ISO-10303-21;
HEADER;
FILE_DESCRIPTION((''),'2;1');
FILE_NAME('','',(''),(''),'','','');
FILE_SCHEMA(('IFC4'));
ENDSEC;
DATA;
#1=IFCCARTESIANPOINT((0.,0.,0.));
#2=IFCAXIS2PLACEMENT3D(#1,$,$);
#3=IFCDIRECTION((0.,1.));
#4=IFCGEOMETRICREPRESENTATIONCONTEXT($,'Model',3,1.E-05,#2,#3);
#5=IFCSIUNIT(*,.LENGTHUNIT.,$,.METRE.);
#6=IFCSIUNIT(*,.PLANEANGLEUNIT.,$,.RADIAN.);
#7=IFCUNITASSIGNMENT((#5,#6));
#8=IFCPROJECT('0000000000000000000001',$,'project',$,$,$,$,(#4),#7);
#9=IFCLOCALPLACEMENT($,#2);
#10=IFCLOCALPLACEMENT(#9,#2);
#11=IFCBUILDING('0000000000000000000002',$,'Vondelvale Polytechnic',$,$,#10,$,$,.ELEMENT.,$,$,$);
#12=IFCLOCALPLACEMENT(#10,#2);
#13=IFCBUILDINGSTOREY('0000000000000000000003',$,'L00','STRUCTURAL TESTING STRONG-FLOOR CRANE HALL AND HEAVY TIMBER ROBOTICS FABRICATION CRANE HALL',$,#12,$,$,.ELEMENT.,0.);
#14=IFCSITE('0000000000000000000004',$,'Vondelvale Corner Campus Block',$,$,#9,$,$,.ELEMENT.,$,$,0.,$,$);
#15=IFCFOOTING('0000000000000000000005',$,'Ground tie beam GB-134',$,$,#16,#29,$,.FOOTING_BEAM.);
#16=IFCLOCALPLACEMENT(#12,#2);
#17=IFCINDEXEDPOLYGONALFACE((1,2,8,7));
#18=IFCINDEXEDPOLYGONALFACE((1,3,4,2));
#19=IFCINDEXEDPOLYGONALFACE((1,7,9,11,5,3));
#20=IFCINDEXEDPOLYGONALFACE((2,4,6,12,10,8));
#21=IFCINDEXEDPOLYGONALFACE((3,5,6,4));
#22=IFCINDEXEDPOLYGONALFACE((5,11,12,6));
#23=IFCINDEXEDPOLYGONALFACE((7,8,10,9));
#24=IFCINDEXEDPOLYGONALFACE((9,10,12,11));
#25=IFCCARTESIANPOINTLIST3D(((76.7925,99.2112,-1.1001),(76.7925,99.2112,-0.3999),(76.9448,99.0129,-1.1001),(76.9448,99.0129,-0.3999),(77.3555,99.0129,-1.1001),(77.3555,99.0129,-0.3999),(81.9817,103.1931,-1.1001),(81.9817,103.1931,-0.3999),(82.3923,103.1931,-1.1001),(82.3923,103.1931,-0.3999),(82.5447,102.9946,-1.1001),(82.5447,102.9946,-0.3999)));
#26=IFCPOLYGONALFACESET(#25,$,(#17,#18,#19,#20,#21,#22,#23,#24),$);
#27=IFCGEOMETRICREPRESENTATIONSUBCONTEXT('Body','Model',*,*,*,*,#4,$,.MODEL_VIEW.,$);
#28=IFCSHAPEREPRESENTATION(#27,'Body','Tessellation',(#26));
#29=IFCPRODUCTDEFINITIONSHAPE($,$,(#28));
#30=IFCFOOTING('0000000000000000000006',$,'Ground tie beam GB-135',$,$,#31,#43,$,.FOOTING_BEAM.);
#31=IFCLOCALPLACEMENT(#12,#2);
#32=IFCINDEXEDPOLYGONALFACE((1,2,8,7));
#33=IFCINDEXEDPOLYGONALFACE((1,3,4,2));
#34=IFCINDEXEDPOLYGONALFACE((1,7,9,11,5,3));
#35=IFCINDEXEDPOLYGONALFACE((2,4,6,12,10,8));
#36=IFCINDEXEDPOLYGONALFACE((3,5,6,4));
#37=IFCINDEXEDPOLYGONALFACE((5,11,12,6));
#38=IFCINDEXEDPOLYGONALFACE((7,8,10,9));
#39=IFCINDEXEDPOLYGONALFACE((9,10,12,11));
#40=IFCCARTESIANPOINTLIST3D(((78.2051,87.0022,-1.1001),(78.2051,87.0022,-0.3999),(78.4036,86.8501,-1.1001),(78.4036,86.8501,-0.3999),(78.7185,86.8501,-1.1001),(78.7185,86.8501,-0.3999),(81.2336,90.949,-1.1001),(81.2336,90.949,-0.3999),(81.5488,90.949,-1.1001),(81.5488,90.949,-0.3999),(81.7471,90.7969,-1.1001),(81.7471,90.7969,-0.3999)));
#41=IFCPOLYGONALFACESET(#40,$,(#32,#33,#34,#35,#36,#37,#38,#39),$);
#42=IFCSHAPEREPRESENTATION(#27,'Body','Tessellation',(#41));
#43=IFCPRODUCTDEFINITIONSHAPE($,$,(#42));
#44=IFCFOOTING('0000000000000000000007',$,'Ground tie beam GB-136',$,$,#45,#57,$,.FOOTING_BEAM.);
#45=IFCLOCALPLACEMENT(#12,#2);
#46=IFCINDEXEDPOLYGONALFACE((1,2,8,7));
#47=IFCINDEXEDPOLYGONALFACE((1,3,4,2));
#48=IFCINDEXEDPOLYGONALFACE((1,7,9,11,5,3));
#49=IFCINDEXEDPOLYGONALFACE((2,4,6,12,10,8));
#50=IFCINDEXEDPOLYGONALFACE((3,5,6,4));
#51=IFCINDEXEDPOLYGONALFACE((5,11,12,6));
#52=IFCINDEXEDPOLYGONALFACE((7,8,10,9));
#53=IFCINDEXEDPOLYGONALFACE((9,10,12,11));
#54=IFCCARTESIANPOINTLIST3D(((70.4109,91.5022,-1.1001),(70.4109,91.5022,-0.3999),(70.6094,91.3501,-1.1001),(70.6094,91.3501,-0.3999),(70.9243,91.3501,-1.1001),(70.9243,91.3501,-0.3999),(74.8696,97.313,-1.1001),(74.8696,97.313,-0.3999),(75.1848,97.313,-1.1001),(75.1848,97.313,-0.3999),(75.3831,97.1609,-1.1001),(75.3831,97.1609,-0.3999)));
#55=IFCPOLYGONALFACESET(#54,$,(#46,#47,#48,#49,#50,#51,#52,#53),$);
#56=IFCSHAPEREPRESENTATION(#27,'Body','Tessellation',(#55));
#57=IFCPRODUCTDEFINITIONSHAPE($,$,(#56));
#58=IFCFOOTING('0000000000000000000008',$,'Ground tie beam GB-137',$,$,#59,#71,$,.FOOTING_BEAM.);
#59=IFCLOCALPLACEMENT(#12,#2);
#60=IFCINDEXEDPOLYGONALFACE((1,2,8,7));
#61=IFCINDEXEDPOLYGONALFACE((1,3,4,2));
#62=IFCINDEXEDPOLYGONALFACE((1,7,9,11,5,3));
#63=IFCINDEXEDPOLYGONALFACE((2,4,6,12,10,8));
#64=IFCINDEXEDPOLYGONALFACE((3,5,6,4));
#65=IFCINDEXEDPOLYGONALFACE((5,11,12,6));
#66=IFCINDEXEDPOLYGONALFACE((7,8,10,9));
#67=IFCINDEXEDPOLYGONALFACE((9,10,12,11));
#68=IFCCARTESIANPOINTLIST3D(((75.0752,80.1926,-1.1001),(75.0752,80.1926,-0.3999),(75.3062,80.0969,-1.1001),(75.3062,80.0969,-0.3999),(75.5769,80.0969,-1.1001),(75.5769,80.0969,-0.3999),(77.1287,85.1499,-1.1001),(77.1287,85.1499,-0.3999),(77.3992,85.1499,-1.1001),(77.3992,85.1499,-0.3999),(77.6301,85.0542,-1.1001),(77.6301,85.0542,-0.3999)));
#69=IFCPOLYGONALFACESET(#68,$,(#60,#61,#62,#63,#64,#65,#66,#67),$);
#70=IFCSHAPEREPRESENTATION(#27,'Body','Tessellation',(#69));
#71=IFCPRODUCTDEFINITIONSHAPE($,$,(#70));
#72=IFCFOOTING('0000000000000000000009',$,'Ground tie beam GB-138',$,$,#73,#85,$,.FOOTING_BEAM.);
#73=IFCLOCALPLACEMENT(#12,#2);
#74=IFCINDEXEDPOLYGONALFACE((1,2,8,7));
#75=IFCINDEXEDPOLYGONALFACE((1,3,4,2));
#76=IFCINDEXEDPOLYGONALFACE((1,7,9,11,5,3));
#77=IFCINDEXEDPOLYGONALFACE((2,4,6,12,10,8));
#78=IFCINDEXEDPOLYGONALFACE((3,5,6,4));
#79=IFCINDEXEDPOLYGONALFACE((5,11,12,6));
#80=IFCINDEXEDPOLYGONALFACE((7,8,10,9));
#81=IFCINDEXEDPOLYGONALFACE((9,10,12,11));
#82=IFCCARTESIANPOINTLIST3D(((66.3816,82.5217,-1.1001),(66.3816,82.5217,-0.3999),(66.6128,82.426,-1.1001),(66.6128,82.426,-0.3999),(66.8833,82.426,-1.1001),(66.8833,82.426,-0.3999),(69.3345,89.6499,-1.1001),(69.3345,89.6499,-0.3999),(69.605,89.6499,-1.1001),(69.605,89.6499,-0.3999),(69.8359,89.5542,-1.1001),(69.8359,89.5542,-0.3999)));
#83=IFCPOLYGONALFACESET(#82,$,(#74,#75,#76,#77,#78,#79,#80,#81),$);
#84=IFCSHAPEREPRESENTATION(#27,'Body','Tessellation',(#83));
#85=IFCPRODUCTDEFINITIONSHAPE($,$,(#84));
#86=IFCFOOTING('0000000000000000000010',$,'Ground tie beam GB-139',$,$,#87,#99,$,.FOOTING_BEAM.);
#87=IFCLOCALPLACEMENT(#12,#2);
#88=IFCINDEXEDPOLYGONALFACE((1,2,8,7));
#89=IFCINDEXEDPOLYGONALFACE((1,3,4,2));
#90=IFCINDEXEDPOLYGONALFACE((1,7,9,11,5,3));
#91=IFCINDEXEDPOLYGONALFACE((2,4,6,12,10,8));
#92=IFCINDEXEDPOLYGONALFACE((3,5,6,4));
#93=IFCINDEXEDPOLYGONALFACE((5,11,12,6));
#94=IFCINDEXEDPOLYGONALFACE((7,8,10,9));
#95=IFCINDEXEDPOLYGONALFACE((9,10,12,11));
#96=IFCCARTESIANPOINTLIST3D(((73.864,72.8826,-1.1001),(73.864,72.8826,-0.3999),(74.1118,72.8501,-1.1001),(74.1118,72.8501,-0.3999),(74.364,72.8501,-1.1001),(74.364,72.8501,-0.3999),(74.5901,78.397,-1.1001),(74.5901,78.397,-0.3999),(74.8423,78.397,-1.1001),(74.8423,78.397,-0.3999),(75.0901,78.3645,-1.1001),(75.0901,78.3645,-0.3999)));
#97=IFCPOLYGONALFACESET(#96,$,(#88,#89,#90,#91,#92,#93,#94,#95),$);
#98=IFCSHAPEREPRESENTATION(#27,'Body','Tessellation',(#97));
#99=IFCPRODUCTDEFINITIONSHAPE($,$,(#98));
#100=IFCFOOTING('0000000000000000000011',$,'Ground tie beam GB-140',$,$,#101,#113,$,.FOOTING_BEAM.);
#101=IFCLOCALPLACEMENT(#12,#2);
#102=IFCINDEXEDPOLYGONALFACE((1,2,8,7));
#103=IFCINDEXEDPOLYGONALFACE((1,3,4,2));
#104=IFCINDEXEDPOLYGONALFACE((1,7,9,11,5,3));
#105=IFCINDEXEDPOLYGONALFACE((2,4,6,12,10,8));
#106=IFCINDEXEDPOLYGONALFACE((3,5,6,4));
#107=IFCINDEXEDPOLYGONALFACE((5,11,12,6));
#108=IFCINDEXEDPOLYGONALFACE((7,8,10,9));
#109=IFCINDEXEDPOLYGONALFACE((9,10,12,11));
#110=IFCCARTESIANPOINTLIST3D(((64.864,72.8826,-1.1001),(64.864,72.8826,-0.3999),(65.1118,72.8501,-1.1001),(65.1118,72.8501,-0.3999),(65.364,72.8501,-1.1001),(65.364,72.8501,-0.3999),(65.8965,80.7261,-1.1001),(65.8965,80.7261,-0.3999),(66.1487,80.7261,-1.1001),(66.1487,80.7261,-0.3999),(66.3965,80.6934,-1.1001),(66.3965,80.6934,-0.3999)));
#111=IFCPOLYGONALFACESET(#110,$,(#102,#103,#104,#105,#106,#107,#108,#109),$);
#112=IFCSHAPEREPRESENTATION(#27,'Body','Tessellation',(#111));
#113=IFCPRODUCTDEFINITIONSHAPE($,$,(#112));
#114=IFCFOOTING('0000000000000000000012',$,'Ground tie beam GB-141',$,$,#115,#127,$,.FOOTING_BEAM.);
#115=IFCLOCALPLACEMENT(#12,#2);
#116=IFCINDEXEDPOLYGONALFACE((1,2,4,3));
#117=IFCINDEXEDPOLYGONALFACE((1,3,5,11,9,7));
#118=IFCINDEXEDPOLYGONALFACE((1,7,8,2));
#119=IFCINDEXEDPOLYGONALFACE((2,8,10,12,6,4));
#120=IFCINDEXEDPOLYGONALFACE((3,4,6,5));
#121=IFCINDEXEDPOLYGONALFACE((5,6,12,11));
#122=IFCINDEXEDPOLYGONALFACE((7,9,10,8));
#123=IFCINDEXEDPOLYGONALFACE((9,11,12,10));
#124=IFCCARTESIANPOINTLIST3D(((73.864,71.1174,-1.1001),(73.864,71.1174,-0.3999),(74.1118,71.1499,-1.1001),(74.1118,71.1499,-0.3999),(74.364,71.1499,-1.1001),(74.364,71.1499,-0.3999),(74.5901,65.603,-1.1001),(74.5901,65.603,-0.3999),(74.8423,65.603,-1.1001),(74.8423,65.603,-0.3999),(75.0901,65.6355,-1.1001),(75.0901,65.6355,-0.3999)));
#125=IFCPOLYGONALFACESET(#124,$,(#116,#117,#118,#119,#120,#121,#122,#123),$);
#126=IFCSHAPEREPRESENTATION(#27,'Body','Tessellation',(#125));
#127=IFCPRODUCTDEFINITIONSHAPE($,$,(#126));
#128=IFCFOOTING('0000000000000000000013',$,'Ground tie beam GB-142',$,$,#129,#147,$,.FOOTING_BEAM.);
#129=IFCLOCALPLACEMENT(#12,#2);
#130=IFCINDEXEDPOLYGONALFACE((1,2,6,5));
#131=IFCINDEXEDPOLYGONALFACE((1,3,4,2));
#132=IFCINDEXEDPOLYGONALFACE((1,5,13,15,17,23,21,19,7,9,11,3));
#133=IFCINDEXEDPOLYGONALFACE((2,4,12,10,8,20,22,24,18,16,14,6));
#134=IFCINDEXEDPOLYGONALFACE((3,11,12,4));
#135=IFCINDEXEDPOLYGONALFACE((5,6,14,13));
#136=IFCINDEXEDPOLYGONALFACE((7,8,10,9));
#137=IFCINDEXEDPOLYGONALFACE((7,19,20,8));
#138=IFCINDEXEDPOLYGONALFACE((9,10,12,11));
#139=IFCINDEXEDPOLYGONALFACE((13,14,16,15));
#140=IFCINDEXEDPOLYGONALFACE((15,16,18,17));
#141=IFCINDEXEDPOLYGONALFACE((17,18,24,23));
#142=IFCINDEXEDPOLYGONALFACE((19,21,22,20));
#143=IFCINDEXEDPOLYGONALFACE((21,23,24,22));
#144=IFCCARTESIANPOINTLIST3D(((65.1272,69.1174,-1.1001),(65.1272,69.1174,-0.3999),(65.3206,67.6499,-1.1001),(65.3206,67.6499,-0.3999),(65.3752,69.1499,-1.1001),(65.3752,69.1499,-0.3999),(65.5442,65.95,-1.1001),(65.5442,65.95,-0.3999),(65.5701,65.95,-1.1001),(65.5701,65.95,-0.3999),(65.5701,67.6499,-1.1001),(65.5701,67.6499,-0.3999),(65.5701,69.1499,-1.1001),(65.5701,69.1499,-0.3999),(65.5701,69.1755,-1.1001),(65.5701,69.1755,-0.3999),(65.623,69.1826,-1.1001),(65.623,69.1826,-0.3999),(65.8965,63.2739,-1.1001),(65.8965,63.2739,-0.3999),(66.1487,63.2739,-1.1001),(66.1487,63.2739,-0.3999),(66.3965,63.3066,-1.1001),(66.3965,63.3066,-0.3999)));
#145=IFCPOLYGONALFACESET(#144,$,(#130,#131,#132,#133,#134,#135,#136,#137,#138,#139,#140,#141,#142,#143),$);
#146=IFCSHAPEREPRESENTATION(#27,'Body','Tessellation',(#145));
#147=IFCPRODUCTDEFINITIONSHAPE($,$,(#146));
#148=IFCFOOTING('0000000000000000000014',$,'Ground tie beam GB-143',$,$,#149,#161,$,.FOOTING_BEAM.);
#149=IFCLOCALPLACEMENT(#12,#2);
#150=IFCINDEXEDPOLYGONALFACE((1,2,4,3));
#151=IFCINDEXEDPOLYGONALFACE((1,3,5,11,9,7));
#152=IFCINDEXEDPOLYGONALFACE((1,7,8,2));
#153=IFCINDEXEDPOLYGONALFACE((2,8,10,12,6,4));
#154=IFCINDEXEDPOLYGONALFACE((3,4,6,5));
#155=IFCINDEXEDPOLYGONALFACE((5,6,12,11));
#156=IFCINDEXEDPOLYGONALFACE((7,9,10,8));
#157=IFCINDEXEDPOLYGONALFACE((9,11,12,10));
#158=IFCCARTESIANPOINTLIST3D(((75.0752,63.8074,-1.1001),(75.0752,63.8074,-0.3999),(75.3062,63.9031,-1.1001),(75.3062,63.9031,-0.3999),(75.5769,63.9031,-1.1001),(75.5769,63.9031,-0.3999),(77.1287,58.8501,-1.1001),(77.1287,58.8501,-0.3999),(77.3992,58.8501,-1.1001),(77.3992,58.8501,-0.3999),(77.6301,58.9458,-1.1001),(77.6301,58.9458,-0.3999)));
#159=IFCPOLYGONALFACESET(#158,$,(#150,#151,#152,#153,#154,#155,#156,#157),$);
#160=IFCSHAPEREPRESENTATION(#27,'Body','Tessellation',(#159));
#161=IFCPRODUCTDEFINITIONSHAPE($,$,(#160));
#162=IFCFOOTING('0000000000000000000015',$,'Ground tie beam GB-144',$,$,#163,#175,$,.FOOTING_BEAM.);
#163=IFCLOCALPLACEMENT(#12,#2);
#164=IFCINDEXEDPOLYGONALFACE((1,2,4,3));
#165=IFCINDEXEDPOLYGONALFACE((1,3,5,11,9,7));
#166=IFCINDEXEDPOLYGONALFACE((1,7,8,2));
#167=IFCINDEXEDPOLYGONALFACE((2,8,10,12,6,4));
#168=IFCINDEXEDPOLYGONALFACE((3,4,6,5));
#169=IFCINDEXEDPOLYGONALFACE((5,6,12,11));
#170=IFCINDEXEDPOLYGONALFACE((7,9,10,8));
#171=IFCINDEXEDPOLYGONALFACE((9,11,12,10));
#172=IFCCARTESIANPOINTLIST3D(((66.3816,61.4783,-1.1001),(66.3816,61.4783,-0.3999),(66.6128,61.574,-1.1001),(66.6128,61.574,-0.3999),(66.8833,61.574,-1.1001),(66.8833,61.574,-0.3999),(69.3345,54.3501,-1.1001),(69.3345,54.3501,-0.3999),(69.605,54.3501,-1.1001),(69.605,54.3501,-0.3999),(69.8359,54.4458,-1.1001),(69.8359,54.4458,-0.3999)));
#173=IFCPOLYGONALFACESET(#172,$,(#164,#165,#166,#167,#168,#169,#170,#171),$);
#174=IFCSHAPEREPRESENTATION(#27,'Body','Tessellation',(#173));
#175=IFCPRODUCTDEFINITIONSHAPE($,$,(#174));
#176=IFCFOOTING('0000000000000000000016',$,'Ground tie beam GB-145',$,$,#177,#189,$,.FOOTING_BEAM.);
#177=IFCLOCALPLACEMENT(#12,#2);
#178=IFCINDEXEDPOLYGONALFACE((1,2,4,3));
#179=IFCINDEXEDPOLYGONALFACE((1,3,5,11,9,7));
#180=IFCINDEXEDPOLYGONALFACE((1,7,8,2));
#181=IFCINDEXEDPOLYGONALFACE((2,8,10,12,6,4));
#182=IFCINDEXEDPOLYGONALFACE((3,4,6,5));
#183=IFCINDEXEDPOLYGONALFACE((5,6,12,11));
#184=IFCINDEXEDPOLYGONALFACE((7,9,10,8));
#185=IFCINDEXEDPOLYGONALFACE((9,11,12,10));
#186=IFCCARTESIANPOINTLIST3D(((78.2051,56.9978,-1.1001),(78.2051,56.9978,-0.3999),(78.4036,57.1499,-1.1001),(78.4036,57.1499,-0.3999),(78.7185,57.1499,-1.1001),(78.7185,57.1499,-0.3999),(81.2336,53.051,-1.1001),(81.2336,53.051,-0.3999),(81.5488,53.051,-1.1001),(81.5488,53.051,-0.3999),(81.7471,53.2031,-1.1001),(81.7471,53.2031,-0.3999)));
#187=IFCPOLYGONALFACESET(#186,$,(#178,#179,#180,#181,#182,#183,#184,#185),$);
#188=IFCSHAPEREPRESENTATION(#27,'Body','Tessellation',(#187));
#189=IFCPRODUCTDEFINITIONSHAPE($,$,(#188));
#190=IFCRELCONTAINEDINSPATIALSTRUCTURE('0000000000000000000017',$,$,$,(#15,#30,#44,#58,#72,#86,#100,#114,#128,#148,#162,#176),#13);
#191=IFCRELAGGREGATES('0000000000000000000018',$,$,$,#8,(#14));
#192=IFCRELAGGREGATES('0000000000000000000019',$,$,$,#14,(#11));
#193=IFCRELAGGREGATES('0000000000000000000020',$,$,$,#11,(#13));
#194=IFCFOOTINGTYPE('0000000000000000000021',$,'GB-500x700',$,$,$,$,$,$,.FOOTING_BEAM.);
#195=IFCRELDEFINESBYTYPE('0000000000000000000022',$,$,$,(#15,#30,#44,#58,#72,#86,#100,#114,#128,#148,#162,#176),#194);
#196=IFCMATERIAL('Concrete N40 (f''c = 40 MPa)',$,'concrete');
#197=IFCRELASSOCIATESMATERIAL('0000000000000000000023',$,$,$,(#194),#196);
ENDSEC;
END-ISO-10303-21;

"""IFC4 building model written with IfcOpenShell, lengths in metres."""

from ifc_helpers import new_model, si_unit, direction, frame, origin, place, context, subcontext, project, spatial, polyline, outline, extrude, material, type_object, element, save


model = new_model("IFC4")

# Units and contexts
model_context = context("Model", 3, precision=1e-05, world=origin(), true_north=direction((0.0, 1.0)))
body_context = subcontext(model_context, "Body", "Model", "MODEL_VIEW")
ifc_project = project(units=[si_unit("LENGTHUNIT", "METRE"), si_unit("PLANEANGLEUNIT", "RADIAN")], contexts=[model_context])

# Site, building, storey
site_placement = place(None, origin())
site = spatial("IfcSite", under=ifc_project, at=site_placement, Name="Vondelvale Corner Campus Block", CompositionType="ELEMENT", RefElevation=0.0)
building_placement = place(site_placement, origin())
building = spatial("IfcBuilding", under=site, at=building_placement, Name="Vondelvale Polytechnic", CompositionType="ELEMENT")
storey_placement = place(building_placement, origin())
storey = spatial("IfcBuildingStorey", under=building, at=storey_placement, Name="L00", Description="STRUCTURAL TESTING STRONG-FLOOR CRANE HALL AND HEAVY TIMBER ROBOTICS FABRICATION CRANE HALL", CompositionType="ELEMENT", Elevation=0.0)

# Footings
ifc_material = material(Name="Concrete N40 (f'c = 40 MPa)", Category="concrete")
footing_type = type_object("IfcFootingType", Name="GB-500x700", PredefinedType="FOOTING_BEAM", material=ifc_material)
footing_1_placement = place(storey_placement, frame((0.0, 0.0, -1.1001)))
element("IfcFooting", 1, at=footing_1_placement, inside=storey, type_object=footing_type, Name="Ground tie beam GB-134", PredefinedType="FOOTING_BEAM", context=body_context, shape_type="SweptSolid", body=[
    extrude(outline(polyline([(76.7925, 99.2112), (81.9817, 103.1931), (82.3923, 103.1931), (82.5447, 102.9946), (77.3555, 99.0129), (76.9448, 99.0129), (76.7925, 99.2112)])), origin(), (0.0, 0.0, 1.0), 0.7002),
])
footing_2_placement = place(storey_placement, frame((0.0, 0.0, -1.1001)))
element("IfcFooting", 2, at=footing_2_placement, inside=storey, type_object=footing_type, Name="Ground tie beam GB-135", PredefinedType="FOOTING_BEAM", context=body_context, shape_type="SweptSolid", body=[
    extrude(outline(polyline([(78.2051, 87.0022), (81.2336, 90.949), (81.5488, 90.949), (81.7471, 90.7969), (78.7185, 86.8501), (78.4036, 86.8501), (78.2051, 87.0022)])), origin(), (0.0, 0.0, 1.0), 0.7002),
])
footing_3_placement = place(storey_placement, frame((0.0, 0.0, -1.1001)))
element("IfcFooting", 3, at=footing_3_placement, inside=storey, type_object=footing_type, Name="Ground tie beam GB-136", PredefinedType="FOOTING_BEAM", context=body_context, shape_type="SweptSolid", body=[
    extrude(outline(polyline([(70.4109, 91.5022), (74.8696, 97.313), (75.1848, 97.313), (75.3831, 97.1609), (70.9243, 91.3501), (70.6094, 91.3501), (70.4109, 91.5022)])), origin(), (0.0, 0.0, 1.0), 0.7002),
])
footing_4_placement = place(storey_placement, frame((0.0, 0.0, -1.1001)))
element("IfcFooting", 4, at=footing_4_placement, inside=storey, type_object=footing_type, Name="Ground tie beam GB-137", PredefinedType="FOOTING_BEAM", context=body_context, shape_type="SweptSolid", body=[
    extrude(outline(polyline([(75.0752, 80.1926), (77.1287, 85.1499), (77.3992, 85.1499), (77.6301, 85.0542), (75.5769, 80.0969), (75.3062, 80.0969), (75.0752, 80.1926)])), origin(), (0.0, 0.0, 1.0), 0.7002),
])
footing_5_placement = place(storey_placement, frame((0.0, 0.0, -1.1001)))
element("IfcFooting", 5, at=footing_5_placement, inside=storey, type_object=footing_type, Name="Ground tie beam GB-138", PredefinedType="FOOTING_BEAM", context=body_context, shape_type="SweptSolid", body=[
    extrude(outline(polyline([(66.3816, 82.5217), (69.3345, 89.6499), (69.605, 89.6499), (69.8359, 89.5542), (66.8833, 82.426), (66.6128, 82.426), (66.3816, 82.5217)])), origin(), (0.0, 0.0, 1.0), 0.7002),
])
footing_6_placement = place(storey_placement, frame((0.0, 0.0, -1.1001)))
element("IfcFooting", 6, at=footing_6_placement, inside=storey, type_object=footing_type, Name="Ground tie beam GB-139", PredefinedType="FOOTING_BEAM", context=body_context, shape_type="SweptSolid", body=[
    extrude(outline(polyline([(73.864, 72.8826), (74.5901, 78.397), (74.8423, 78.397), (75.0901, 78.3645), (74.364, 72.8501), (74.1118, 72.8501), (73.864, 72.8826)])), origin(), (0.0, 0.0, 1.0), 0.7002),
])
footing_7_placement = place(storey_placement, frame((0.0, 0.0, -1.1001)))
element("IfcFooting", 7, at=footing_7_placement, inside=storey, type_object=footing_type, Name="Ground tie beam GB-140", PredefinedType="FOOTING_BEAM", context=body_context, shape_type="SweptSolid", body=[
    extrude(outline(polyline([(64.864, 72.8826), (65.8965, 80.7261), (66.1487, 80.7261), (66.3965, 80.6934), (65.364, 72.8501), (65.1118, 72.8501), (64.864, 72.8826)])), origin(), (0.0, 0.0, 1.0), 0.7002),
])
footing_8_placement = place(storey_placement, frame((0.0, 0.0, -1.1001)))
element("IfcFooting", 8, at=footing_8_placement, inside=storey, type_object=footing_type, Name="Ground tie beam GB-141", PredefinedType="FOOTING_BEAM", context=body_context, shape_type="SweptSolid", body=[
    extrude(outline(polyline([(73.864, 71.1174), (74.1118, 71.1499), (74.364, 71.1499), (75.0901, 65.6355), (74.8423, 65.603), (74.5901, 65.603), (73.864, 71.1174)])), origin(), (0.0, 0.0, 1.0), 0.7002),
])
footing_9_placement = place(storey_placement, frame((0.0, 0.0, -1.1001)))
element("IfcFooting", 9, at=footing_9_placement, inside=storey, type_object=footing_type, Name="Ground tie beam GB-142", PredefinedType="FOOTING_BEAM", context=body_context, shape_type="SweptSolid", body=[
    extrude(outline(polyline([(65.1272, 69.1174), (65.3752, 69.1499), (65.5701, 69.1499), (65.5701, 69.1755), (65.623, 69.1826), (66.3965, 63.3066), (66.1487, 63.2739), (65.8965, 63.2739), (65.5442, 65.95), (65.5701, 65.95), (65.5701, 67.6499), (65.3206, 67.6499), (65.1272, 69.1174)])), origin(), (0.0, 0.0, 1.0), 0.7002),
])
footing_10_placement = place(storey_placement, frame((0.0, 0.0, -1.1001)))
element("IfcFooting", 10, at=footing_10_placement, inside=storey, type_object=footing_type, Name="Ground tie beam GB-143", PredefinedType="FOOTING_BEAM", context=body_context, shape_type="SweptSolid", body=[
    extrude(outline(polyline([(75.0752, 63.8074), (75.3062, 63.9031), (75.5769, 63.9031), (77.6301, 58.9458), (77.3992, 58.8501), (77.1287, 58.8501), (75.0752, 63.8074)])), origin(), (0.0, 0.0, 1.0), 0.7002),
])
footing_11_placement = place(storey_placement, frame((0.0, 0.0, -1.1001)))
element("IfcFooting", 11, at=footing_11_placement, inside=storey, type_object=footing_type, Name="Ground tie beam GB-144", PredefinedType="FOOTING_BEAM", context=body_context, shape_type="SweptSolid", body=[
    extrude(outline(polyline([(66.3816, 61.4783), (66.6128, 61.574), (66.8833, 61.574), (69.8359, 54.4458), (69.605, 54.3501), (69.3345, 54.3501), (66.3816, 61.4783)])), origin(), (0.0, 0.0, 1.0), 0.7002),
])
footing_12_placement = place(storey_placement, frame((0.0, 0.0, -1.1001)))
element("IfcFooting", 12, at=footing_12_placement, inside=storey, type_object=footing_type, Name="Ground tie beam GB-145", PredefinedType="FOOTING_BEAM", context=body_context, shape_type="SweptSolid", body=[
    extrude(outline(polyline([(78.2051, 56.9978), (78.4036, 57.1499), (78.7185, 57.1499), (81.7471, 53.2031), (81.5488, 53.051), (81.2336, 53.051), (78.2051, 56.9978)])), origin(), (0.0, 0.0, 1.0), 0.7002),
])

save(model, "model.ifc")
